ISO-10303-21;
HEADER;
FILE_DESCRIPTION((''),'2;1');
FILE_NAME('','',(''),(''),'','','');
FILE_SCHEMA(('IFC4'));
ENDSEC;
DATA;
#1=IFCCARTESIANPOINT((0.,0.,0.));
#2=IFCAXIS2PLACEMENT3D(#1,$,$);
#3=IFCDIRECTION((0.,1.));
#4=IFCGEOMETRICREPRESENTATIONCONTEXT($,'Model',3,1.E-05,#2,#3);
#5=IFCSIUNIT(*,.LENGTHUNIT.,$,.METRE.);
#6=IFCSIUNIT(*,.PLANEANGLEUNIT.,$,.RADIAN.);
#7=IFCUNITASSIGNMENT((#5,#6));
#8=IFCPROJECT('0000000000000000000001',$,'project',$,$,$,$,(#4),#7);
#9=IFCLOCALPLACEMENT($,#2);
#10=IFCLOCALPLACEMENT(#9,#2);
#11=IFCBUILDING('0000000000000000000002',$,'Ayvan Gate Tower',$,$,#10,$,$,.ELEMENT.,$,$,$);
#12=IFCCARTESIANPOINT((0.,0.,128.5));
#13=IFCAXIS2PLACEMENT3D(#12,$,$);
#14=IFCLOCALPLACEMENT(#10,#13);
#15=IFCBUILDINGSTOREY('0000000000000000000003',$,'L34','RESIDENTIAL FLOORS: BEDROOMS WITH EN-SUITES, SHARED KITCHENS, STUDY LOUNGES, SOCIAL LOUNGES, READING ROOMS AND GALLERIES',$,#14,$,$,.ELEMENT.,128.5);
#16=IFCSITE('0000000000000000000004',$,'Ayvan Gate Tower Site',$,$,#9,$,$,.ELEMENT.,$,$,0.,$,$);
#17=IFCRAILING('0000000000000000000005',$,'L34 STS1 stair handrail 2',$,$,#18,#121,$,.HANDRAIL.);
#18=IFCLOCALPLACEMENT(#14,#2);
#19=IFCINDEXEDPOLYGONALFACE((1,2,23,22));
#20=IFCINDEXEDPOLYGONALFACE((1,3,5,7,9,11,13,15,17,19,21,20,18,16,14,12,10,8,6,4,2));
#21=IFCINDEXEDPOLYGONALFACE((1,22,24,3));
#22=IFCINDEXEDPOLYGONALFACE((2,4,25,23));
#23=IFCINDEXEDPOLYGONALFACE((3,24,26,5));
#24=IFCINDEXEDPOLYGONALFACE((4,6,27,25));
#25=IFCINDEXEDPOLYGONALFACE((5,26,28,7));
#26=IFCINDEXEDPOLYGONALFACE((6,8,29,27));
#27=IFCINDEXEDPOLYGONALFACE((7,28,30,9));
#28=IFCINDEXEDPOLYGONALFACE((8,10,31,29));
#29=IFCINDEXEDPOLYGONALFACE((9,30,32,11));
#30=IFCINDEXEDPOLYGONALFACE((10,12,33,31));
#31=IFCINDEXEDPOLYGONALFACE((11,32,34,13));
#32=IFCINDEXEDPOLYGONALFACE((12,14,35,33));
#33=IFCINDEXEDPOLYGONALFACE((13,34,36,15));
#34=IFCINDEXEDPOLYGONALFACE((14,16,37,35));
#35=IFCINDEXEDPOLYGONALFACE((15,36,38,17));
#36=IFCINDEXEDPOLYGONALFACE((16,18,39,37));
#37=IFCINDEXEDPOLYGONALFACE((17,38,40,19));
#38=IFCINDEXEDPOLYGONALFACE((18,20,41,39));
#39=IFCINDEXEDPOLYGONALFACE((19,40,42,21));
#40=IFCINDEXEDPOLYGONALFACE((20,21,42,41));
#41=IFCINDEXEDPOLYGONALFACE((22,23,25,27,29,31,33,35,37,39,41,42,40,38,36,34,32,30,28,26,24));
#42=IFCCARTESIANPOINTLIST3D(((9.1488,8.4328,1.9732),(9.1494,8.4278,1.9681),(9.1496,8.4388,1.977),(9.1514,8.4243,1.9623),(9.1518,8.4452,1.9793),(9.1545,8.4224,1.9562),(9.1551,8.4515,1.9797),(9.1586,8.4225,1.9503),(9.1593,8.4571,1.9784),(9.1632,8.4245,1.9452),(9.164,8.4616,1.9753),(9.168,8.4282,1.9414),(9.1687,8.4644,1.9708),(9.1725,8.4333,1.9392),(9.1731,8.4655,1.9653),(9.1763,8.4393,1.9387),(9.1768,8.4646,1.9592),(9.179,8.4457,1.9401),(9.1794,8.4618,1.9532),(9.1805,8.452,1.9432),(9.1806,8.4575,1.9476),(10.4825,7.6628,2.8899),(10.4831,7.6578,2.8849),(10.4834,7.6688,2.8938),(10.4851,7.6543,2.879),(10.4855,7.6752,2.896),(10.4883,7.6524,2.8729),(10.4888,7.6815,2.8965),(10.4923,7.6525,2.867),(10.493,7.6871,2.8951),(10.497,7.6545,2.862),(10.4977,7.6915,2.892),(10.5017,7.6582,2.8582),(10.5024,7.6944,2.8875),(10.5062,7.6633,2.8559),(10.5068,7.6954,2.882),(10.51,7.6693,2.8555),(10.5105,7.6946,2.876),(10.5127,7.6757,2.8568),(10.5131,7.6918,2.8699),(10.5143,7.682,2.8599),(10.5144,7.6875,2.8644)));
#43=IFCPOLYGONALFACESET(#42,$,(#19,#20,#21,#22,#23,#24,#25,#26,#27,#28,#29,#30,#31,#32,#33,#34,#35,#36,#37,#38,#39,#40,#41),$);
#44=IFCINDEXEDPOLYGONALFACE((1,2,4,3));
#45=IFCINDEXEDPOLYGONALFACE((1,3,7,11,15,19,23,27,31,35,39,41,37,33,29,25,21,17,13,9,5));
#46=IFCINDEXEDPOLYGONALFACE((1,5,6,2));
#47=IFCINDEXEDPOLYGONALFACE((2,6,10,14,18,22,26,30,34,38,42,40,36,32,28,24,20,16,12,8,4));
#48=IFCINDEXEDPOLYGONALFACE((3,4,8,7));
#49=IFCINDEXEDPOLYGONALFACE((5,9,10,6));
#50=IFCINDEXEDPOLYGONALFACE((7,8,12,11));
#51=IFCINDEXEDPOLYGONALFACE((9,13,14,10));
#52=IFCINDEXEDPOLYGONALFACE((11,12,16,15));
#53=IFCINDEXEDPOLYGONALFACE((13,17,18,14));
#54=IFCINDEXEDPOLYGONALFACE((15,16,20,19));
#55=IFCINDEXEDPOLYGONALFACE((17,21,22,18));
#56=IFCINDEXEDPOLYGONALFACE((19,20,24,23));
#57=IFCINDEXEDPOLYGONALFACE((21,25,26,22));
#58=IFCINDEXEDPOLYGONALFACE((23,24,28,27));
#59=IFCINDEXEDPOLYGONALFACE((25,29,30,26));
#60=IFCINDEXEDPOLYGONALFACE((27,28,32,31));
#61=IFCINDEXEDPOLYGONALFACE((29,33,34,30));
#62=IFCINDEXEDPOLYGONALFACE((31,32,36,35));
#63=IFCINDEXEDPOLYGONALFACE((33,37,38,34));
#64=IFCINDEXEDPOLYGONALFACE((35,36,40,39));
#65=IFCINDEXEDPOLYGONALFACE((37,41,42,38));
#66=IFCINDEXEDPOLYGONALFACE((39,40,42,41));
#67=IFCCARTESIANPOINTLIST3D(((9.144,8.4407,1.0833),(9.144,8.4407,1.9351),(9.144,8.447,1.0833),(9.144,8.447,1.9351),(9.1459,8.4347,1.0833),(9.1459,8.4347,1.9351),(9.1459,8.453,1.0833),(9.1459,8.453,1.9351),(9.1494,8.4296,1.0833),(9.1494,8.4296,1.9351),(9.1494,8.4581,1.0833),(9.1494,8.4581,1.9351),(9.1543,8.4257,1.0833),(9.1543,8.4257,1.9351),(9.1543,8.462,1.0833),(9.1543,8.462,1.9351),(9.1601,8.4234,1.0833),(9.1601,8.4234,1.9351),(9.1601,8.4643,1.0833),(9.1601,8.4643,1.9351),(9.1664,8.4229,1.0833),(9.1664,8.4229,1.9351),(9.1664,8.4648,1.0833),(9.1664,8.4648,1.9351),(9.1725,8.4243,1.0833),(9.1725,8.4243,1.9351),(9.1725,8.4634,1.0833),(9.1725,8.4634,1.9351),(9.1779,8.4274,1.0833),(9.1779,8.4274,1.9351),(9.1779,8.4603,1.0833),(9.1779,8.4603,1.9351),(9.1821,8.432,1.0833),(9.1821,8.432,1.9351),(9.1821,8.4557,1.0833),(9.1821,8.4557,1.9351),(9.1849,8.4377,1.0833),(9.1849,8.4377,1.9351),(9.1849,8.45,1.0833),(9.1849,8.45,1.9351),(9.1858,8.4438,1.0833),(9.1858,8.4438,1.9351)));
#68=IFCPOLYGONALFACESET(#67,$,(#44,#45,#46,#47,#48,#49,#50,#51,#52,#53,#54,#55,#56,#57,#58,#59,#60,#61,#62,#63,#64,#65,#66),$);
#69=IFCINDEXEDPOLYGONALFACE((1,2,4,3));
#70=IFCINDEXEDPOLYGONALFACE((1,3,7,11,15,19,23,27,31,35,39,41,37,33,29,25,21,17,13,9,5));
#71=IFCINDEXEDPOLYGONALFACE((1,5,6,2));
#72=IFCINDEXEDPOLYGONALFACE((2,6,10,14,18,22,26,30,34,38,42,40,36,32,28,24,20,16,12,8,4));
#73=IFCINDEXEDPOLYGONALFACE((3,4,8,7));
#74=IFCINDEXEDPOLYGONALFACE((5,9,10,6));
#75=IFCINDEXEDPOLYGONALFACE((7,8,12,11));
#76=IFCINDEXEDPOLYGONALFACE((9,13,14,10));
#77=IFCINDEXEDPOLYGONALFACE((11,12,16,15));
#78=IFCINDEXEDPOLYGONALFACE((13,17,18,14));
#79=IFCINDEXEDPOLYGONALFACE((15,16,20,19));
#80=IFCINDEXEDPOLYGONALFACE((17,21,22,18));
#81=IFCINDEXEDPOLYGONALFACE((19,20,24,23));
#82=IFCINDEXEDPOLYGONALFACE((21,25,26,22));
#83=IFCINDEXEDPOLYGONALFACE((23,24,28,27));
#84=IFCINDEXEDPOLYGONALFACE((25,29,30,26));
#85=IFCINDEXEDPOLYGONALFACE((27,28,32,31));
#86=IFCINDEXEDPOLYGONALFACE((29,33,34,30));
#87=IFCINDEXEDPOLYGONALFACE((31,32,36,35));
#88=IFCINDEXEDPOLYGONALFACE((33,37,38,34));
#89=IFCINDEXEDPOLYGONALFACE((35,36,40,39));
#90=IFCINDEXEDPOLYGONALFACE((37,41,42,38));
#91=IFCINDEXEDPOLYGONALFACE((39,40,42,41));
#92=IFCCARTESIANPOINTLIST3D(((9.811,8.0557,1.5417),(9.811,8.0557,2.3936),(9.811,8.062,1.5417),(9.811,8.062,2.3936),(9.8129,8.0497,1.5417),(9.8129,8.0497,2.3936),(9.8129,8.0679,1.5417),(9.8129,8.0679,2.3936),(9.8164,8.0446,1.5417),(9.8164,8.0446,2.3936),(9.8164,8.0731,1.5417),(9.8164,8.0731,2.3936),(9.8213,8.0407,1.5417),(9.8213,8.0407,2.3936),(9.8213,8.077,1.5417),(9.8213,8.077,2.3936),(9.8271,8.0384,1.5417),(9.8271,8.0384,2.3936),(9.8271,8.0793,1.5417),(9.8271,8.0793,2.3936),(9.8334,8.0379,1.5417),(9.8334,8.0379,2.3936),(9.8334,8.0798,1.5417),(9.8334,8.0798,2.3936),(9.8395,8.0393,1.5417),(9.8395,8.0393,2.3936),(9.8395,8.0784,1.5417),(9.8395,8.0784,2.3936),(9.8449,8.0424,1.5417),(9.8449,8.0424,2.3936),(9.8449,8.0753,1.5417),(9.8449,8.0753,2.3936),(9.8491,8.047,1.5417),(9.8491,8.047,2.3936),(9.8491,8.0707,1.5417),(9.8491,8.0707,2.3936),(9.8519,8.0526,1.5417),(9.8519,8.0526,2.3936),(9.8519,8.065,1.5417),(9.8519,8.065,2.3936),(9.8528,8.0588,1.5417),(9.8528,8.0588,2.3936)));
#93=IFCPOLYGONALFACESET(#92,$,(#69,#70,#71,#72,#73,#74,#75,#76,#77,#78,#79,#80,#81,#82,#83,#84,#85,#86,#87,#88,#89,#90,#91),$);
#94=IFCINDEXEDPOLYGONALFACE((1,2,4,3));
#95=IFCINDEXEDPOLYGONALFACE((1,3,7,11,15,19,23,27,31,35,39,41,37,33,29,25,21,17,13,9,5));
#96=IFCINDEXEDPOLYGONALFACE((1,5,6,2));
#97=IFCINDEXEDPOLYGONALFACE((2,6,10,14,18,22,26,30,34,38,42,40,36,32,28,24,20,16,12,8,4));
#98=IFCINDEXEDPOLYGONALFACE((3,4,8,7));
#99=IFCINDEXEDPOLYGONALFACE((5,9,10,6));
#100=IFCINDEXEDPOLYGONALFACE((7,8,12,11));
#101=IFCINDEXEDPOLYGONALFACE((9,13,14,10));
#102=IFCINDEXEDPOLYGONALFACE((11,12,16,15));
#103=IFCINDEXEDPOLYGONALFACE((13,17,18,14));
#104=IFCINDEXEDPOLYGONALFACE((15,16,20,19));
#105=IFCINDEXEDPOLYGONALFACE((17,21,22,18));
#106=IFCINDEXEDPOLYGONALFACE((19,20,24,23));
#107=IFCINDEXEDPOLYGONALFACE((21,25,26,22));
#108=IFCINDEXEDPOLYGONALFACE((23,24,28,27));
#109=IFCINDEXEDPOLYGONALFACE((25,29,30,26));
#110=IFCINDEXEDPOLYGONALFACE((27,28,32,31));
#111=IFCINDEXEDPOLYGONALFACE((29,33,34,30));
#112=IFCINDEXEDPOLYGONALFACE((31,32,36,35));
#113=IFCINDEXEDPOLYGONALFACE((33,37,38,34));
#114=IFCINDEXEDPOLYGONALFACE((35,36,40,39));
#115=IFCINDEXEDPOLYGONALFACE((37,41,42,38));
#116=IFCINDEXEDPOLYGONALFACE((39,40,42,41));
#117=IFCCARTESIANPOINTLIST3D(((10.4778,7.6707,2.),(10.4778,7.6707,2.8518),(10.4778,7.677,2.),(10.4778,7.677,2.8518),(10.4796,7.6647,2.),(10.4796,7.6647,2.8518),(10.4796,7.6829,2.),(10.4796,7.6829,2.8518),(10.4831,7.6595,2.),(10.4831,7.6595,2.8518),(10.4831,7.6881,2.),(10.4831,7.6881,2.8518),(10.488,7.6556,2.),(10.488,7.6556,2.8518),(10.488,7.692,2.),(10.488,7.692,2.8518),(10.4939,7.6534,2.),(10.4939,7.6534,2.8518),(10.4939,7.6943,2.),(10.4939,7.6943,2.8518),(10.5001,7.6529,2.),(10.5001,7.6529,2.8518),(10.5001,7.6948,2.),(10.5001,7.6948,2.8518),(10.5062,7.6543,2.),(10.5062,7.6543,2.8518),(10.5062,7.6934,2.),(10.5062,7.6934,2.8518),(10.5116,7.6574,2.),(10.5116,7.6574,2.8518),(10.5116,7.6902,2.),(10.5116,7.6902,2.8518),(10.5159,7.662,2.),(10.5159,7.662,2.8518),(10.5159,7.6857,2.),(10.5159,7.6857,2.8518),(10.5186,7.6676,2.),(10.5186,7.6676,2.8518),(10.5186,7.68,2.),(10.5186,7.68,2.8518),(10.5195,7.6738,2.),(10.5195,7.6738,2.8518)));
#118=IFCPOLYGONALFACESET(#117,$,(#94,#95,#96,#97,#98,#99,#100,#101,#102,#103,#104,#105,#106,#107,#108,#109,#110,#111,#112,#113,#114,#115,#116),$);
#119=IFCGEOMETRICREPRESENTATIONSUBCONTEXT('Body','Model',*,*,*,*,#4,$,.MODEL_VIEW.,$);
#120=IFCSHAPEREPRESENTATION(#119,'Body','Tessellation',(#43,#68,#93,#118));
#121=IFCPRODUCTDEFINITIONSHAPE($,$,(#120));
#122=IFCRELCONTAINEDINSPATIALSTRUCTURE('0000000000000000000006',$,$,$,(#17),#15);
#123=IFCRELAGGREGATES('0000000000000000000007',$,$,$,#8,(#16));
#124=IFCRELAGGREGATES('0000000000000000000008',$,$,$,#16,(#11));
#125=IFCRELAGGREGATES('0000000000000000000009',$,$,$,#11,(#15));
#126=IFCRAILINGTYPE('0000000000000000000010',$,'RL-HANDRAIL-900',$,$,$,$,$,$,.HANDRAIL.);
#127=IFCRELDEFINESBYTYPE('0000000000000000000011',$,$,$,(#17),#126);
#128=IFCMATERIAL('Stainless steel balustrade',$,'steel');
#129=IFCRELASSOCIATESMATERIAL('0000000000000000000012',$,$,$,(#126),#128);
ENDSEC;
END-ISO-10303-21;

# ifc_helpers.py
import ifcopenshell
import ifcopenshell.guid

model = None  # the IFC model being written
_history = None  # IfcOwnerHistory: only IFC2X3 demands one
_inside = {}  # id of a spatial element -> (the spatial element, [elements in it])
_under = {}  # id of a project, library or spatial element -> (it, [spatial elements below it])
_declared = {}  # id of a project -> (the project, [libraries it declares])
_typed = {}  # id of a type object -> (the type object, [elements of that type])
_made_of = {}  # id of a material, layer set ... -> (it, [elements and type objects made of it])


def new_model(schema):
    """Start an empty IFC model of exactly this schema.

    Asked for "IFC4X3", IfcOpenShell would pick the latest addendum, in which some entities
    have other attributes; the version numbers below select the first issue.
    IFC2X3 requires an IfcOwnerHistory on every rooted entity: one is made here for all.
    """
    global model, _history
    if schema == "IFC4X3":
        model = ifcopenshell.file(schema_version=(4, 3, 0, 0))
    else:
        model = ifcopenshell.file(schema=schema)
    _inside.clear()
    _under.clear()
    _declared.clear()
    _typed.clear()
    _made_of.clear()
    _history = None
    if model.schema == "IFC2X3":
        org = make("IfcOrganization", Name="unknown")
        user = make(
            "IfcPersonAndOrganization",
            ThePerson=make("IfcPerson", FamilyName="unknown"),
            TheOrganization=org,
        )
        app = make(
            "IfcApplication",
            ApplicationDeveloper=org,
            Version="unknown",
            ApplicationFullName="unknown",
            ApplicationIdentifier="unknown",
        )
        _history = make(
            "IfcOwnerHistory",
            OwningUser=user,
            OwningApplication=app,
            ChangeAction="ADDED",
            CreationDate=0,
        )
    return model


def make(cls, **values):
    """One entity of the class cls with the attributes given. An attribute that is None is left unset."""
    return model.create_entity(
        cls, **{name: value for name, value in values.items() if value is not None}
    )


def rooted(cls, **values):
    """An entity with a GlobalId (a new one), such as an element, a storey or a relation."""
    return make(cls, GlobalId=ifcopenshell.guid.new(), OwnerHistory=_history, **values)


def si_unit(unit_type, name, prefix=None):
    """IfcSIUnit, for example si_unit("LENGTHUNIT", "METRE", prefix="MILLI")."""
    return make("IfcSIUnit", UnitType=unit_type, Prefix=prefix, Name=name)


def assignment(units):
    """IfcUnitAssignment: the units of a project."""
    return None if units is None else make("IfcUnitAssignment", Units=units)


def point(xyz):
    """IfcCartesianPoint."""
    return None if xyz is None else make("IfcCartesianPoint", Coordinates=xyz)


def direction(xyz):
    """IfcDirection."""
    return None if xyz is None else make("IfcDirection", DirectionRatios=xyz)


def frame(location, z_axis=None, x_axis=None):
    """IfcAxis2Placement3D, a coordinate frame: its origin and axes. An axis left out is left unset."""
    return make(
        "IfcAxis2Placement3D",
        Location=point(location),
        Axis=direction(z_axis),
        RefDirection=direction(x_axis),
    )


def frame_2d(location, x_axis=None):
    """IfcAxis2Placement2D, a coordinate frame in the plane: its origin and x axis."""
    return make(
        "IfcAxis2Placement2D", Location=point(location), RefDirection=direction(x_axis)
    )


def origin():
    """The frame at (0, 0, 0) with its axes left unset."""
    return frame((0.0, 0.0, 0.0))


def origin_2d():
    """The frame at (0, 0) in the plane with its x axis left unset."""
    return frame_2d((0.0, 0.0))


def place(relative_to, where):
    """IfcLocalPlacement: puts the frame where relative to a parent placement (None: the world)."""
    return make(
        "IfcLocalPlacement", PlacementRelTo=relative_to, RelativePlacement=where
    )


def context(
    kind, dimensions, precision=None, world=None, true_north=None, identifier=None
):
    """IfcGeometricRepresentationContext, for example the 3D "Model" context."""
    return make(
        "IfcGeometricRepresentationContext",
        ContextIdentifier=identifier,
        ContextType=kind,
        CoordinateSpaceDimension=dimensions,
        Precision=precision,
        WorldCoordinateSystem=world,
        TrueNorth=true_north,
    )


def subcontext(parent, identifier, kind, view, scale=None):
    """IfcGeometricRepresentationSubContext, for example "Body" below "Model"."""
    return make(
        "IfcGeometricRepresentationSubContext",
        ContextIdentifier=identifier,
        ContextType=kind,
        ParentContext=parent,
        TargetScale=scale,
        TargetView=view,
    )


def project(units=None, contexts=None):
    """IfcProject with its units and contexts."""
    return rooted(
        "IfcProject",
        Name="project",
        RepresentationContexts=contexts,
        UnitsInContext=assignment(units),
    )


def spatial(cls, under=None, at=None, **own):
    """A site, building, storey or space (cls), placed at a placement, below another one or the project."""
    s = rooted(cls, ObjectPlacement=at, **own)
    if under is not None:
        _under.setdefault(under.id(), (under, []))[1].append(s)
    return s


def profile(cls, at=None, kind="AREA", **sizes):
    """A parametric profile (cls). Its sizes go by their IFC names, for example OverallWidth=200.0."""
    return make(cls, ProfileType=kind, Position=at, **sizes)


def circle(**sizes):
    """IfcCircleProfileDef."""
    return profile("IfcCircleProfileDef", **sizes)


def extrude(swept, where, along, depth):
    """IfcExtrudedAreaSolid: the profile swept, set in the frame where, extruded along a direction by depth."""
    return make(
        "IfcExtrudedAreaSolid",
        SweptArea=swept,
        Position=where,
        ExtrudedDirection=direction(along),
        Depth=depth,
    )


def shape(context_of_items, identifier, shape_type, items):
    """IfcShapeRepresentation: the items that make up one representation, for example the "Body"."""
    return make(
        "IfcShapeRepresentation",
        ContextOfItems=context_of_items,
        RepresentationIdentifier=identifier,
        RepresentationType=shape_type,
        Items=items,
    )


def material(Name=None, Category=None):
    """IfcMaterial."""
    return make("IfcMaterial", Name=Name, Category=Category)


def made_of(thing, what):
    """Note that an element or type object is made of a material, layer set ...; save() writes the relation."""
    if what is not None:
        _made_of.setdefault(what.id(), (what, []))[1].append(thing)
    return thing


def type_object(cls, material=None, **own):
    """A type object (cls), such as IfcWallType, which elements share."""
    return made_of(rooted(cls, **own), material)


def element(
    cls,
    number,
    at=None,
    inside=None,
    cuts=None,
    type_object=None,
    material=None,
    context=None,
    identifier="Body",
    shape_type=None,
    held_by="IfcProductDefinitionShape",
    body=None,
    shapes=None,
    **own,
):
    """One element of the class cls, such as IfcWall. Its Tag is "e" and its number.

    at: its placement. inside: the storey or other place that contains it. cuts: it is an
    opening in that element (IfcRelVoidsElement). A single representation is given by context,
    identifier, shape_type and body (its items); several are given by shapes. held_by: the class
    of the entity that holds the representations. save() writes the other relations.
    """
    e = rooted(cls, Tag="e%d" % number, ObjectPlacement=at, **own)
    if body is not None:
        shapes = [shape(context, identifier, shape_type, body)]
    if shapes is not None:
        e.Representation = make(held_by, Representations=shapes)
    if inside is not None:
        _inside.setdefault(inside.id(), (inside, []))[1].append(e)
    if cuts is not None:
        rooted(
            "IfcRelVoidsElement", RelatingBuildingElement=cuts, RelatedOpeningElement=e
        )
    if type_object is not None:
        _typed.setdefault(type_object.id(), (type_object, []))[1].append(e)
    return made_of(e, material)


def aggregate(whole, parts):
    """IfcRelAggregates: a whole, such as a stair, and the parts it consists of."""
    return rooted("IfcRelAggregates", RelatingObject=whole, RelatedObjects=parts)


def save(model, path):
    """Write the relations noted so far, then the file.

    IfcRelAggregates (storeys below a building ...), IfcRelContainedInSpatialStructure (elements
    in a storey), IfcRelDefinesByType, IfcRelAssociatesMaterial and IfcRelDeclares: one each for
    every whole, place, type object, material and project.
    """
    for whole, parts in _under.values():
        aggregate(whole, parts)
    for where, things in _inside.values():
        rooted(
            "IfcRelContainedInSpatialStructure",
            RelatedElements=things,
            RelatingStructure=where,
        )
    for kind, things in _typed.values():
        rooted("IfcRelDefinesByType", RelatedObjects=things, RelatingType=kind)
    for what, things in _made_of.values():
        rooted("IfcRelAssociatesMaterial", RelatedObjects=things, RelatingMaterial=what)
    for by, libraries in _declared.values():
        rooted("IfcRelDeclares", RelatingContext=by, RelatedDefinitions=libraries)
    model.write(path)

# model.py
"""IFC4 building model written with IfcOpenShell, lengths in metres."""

from ifc_helpers import new_model, si_unit, direction, frame, origin, origin_2d, place, context, subcontext, project, spatial, circle, extrude, material, type_object, element, save


model = new_model("IFC4")

# Units and contexts
model_context = context("Model", 3, precision=1e-05, world=origin(), true_north=direction((0.0, 1.0)))
body_context = subcontext(model_context, "Body", "Model", "MODEL_VIEW")
ifc_project = project(units=[si_unit("LENGTHUNIT", "METRE"), si_unit("PLANEANGLEUNIT", "RADIAN")], contexts=[model_context])

# Site, building, storey
site_placement = place(None, origin())
site = spatial("IfcSite", under=ifc_project, at=site_placement, Name="Ayvan Gate Tower Site", CompositionType="ELEMENT", RefElevation=0.0)
building_placement = place(site_placement, origin())
building = spatial("IfcBuilding", under=site, at=building_placement, Name="Ayvan Gate Tower", CompositionType="ELEMENT")
storey_placement = place(building_placement, frame((0.0, 0.0, 128.5)))
storey = spatial("IfcBuildingStorey", under=building, at=storey_placement, Name="L34", Description="RESIDENTIAL FLOORS: BEDROOMS WITH EN-SUITES, SHARED KITCHENS, STUDY LOUNGES, SOCIAL LOUNGES, READING ROOMS AND GALLERIES", CompositionType="ELEMENT", Elevation=128.5)

# Railing
ifc_material_1 = material(Name="Stainless steel balustrade", Category="steel")
railing_type_1 = type_object("IfcRailingType", Name="RL-HANDRAIL-900", PredefinedType="HANDRAIL", material=ifc_material_1)
railing_1_placement = place(storey_placement, frame((9.1648, 8.4438, 1.0833)))
element("IfcRailing", 1, at=railing_1_placement, inside=storey, type_object=railing_type_1, Name="L34 STS1 stair handrail 2", PredefinedType="HANDRAIL", context=body_context, shape_type="SweptSolid", body=[
    extrude(circle(Radius=0.0239, at=origin_2d()), frame((0.0, 0.0, 0.876), z_axis=(0.744164, -0.429634, 0.511502), x_axis=(0.499992, 0.86603, 0.0)), (0.0, 0.0, 1.0), 1.7922),
    extrude(circle(Radius=0.021, at=origin_2d()), origin(), (0.0, 0.0, 1.0), 0.8518),
    extrude(circle(Radius=0.021, at=origin_2d()), frame((0.667, -0.385, 0.4585)), (0.0, 0.0, 1.0), 0.8518),
    extrude(circle(Radius=0.021, at=origin_2d()), frame((1.3337, -0.77, 0.9167)), (0.0, 0.0, 1.0), 0.8518),
])

save(model, "model.ifc")
